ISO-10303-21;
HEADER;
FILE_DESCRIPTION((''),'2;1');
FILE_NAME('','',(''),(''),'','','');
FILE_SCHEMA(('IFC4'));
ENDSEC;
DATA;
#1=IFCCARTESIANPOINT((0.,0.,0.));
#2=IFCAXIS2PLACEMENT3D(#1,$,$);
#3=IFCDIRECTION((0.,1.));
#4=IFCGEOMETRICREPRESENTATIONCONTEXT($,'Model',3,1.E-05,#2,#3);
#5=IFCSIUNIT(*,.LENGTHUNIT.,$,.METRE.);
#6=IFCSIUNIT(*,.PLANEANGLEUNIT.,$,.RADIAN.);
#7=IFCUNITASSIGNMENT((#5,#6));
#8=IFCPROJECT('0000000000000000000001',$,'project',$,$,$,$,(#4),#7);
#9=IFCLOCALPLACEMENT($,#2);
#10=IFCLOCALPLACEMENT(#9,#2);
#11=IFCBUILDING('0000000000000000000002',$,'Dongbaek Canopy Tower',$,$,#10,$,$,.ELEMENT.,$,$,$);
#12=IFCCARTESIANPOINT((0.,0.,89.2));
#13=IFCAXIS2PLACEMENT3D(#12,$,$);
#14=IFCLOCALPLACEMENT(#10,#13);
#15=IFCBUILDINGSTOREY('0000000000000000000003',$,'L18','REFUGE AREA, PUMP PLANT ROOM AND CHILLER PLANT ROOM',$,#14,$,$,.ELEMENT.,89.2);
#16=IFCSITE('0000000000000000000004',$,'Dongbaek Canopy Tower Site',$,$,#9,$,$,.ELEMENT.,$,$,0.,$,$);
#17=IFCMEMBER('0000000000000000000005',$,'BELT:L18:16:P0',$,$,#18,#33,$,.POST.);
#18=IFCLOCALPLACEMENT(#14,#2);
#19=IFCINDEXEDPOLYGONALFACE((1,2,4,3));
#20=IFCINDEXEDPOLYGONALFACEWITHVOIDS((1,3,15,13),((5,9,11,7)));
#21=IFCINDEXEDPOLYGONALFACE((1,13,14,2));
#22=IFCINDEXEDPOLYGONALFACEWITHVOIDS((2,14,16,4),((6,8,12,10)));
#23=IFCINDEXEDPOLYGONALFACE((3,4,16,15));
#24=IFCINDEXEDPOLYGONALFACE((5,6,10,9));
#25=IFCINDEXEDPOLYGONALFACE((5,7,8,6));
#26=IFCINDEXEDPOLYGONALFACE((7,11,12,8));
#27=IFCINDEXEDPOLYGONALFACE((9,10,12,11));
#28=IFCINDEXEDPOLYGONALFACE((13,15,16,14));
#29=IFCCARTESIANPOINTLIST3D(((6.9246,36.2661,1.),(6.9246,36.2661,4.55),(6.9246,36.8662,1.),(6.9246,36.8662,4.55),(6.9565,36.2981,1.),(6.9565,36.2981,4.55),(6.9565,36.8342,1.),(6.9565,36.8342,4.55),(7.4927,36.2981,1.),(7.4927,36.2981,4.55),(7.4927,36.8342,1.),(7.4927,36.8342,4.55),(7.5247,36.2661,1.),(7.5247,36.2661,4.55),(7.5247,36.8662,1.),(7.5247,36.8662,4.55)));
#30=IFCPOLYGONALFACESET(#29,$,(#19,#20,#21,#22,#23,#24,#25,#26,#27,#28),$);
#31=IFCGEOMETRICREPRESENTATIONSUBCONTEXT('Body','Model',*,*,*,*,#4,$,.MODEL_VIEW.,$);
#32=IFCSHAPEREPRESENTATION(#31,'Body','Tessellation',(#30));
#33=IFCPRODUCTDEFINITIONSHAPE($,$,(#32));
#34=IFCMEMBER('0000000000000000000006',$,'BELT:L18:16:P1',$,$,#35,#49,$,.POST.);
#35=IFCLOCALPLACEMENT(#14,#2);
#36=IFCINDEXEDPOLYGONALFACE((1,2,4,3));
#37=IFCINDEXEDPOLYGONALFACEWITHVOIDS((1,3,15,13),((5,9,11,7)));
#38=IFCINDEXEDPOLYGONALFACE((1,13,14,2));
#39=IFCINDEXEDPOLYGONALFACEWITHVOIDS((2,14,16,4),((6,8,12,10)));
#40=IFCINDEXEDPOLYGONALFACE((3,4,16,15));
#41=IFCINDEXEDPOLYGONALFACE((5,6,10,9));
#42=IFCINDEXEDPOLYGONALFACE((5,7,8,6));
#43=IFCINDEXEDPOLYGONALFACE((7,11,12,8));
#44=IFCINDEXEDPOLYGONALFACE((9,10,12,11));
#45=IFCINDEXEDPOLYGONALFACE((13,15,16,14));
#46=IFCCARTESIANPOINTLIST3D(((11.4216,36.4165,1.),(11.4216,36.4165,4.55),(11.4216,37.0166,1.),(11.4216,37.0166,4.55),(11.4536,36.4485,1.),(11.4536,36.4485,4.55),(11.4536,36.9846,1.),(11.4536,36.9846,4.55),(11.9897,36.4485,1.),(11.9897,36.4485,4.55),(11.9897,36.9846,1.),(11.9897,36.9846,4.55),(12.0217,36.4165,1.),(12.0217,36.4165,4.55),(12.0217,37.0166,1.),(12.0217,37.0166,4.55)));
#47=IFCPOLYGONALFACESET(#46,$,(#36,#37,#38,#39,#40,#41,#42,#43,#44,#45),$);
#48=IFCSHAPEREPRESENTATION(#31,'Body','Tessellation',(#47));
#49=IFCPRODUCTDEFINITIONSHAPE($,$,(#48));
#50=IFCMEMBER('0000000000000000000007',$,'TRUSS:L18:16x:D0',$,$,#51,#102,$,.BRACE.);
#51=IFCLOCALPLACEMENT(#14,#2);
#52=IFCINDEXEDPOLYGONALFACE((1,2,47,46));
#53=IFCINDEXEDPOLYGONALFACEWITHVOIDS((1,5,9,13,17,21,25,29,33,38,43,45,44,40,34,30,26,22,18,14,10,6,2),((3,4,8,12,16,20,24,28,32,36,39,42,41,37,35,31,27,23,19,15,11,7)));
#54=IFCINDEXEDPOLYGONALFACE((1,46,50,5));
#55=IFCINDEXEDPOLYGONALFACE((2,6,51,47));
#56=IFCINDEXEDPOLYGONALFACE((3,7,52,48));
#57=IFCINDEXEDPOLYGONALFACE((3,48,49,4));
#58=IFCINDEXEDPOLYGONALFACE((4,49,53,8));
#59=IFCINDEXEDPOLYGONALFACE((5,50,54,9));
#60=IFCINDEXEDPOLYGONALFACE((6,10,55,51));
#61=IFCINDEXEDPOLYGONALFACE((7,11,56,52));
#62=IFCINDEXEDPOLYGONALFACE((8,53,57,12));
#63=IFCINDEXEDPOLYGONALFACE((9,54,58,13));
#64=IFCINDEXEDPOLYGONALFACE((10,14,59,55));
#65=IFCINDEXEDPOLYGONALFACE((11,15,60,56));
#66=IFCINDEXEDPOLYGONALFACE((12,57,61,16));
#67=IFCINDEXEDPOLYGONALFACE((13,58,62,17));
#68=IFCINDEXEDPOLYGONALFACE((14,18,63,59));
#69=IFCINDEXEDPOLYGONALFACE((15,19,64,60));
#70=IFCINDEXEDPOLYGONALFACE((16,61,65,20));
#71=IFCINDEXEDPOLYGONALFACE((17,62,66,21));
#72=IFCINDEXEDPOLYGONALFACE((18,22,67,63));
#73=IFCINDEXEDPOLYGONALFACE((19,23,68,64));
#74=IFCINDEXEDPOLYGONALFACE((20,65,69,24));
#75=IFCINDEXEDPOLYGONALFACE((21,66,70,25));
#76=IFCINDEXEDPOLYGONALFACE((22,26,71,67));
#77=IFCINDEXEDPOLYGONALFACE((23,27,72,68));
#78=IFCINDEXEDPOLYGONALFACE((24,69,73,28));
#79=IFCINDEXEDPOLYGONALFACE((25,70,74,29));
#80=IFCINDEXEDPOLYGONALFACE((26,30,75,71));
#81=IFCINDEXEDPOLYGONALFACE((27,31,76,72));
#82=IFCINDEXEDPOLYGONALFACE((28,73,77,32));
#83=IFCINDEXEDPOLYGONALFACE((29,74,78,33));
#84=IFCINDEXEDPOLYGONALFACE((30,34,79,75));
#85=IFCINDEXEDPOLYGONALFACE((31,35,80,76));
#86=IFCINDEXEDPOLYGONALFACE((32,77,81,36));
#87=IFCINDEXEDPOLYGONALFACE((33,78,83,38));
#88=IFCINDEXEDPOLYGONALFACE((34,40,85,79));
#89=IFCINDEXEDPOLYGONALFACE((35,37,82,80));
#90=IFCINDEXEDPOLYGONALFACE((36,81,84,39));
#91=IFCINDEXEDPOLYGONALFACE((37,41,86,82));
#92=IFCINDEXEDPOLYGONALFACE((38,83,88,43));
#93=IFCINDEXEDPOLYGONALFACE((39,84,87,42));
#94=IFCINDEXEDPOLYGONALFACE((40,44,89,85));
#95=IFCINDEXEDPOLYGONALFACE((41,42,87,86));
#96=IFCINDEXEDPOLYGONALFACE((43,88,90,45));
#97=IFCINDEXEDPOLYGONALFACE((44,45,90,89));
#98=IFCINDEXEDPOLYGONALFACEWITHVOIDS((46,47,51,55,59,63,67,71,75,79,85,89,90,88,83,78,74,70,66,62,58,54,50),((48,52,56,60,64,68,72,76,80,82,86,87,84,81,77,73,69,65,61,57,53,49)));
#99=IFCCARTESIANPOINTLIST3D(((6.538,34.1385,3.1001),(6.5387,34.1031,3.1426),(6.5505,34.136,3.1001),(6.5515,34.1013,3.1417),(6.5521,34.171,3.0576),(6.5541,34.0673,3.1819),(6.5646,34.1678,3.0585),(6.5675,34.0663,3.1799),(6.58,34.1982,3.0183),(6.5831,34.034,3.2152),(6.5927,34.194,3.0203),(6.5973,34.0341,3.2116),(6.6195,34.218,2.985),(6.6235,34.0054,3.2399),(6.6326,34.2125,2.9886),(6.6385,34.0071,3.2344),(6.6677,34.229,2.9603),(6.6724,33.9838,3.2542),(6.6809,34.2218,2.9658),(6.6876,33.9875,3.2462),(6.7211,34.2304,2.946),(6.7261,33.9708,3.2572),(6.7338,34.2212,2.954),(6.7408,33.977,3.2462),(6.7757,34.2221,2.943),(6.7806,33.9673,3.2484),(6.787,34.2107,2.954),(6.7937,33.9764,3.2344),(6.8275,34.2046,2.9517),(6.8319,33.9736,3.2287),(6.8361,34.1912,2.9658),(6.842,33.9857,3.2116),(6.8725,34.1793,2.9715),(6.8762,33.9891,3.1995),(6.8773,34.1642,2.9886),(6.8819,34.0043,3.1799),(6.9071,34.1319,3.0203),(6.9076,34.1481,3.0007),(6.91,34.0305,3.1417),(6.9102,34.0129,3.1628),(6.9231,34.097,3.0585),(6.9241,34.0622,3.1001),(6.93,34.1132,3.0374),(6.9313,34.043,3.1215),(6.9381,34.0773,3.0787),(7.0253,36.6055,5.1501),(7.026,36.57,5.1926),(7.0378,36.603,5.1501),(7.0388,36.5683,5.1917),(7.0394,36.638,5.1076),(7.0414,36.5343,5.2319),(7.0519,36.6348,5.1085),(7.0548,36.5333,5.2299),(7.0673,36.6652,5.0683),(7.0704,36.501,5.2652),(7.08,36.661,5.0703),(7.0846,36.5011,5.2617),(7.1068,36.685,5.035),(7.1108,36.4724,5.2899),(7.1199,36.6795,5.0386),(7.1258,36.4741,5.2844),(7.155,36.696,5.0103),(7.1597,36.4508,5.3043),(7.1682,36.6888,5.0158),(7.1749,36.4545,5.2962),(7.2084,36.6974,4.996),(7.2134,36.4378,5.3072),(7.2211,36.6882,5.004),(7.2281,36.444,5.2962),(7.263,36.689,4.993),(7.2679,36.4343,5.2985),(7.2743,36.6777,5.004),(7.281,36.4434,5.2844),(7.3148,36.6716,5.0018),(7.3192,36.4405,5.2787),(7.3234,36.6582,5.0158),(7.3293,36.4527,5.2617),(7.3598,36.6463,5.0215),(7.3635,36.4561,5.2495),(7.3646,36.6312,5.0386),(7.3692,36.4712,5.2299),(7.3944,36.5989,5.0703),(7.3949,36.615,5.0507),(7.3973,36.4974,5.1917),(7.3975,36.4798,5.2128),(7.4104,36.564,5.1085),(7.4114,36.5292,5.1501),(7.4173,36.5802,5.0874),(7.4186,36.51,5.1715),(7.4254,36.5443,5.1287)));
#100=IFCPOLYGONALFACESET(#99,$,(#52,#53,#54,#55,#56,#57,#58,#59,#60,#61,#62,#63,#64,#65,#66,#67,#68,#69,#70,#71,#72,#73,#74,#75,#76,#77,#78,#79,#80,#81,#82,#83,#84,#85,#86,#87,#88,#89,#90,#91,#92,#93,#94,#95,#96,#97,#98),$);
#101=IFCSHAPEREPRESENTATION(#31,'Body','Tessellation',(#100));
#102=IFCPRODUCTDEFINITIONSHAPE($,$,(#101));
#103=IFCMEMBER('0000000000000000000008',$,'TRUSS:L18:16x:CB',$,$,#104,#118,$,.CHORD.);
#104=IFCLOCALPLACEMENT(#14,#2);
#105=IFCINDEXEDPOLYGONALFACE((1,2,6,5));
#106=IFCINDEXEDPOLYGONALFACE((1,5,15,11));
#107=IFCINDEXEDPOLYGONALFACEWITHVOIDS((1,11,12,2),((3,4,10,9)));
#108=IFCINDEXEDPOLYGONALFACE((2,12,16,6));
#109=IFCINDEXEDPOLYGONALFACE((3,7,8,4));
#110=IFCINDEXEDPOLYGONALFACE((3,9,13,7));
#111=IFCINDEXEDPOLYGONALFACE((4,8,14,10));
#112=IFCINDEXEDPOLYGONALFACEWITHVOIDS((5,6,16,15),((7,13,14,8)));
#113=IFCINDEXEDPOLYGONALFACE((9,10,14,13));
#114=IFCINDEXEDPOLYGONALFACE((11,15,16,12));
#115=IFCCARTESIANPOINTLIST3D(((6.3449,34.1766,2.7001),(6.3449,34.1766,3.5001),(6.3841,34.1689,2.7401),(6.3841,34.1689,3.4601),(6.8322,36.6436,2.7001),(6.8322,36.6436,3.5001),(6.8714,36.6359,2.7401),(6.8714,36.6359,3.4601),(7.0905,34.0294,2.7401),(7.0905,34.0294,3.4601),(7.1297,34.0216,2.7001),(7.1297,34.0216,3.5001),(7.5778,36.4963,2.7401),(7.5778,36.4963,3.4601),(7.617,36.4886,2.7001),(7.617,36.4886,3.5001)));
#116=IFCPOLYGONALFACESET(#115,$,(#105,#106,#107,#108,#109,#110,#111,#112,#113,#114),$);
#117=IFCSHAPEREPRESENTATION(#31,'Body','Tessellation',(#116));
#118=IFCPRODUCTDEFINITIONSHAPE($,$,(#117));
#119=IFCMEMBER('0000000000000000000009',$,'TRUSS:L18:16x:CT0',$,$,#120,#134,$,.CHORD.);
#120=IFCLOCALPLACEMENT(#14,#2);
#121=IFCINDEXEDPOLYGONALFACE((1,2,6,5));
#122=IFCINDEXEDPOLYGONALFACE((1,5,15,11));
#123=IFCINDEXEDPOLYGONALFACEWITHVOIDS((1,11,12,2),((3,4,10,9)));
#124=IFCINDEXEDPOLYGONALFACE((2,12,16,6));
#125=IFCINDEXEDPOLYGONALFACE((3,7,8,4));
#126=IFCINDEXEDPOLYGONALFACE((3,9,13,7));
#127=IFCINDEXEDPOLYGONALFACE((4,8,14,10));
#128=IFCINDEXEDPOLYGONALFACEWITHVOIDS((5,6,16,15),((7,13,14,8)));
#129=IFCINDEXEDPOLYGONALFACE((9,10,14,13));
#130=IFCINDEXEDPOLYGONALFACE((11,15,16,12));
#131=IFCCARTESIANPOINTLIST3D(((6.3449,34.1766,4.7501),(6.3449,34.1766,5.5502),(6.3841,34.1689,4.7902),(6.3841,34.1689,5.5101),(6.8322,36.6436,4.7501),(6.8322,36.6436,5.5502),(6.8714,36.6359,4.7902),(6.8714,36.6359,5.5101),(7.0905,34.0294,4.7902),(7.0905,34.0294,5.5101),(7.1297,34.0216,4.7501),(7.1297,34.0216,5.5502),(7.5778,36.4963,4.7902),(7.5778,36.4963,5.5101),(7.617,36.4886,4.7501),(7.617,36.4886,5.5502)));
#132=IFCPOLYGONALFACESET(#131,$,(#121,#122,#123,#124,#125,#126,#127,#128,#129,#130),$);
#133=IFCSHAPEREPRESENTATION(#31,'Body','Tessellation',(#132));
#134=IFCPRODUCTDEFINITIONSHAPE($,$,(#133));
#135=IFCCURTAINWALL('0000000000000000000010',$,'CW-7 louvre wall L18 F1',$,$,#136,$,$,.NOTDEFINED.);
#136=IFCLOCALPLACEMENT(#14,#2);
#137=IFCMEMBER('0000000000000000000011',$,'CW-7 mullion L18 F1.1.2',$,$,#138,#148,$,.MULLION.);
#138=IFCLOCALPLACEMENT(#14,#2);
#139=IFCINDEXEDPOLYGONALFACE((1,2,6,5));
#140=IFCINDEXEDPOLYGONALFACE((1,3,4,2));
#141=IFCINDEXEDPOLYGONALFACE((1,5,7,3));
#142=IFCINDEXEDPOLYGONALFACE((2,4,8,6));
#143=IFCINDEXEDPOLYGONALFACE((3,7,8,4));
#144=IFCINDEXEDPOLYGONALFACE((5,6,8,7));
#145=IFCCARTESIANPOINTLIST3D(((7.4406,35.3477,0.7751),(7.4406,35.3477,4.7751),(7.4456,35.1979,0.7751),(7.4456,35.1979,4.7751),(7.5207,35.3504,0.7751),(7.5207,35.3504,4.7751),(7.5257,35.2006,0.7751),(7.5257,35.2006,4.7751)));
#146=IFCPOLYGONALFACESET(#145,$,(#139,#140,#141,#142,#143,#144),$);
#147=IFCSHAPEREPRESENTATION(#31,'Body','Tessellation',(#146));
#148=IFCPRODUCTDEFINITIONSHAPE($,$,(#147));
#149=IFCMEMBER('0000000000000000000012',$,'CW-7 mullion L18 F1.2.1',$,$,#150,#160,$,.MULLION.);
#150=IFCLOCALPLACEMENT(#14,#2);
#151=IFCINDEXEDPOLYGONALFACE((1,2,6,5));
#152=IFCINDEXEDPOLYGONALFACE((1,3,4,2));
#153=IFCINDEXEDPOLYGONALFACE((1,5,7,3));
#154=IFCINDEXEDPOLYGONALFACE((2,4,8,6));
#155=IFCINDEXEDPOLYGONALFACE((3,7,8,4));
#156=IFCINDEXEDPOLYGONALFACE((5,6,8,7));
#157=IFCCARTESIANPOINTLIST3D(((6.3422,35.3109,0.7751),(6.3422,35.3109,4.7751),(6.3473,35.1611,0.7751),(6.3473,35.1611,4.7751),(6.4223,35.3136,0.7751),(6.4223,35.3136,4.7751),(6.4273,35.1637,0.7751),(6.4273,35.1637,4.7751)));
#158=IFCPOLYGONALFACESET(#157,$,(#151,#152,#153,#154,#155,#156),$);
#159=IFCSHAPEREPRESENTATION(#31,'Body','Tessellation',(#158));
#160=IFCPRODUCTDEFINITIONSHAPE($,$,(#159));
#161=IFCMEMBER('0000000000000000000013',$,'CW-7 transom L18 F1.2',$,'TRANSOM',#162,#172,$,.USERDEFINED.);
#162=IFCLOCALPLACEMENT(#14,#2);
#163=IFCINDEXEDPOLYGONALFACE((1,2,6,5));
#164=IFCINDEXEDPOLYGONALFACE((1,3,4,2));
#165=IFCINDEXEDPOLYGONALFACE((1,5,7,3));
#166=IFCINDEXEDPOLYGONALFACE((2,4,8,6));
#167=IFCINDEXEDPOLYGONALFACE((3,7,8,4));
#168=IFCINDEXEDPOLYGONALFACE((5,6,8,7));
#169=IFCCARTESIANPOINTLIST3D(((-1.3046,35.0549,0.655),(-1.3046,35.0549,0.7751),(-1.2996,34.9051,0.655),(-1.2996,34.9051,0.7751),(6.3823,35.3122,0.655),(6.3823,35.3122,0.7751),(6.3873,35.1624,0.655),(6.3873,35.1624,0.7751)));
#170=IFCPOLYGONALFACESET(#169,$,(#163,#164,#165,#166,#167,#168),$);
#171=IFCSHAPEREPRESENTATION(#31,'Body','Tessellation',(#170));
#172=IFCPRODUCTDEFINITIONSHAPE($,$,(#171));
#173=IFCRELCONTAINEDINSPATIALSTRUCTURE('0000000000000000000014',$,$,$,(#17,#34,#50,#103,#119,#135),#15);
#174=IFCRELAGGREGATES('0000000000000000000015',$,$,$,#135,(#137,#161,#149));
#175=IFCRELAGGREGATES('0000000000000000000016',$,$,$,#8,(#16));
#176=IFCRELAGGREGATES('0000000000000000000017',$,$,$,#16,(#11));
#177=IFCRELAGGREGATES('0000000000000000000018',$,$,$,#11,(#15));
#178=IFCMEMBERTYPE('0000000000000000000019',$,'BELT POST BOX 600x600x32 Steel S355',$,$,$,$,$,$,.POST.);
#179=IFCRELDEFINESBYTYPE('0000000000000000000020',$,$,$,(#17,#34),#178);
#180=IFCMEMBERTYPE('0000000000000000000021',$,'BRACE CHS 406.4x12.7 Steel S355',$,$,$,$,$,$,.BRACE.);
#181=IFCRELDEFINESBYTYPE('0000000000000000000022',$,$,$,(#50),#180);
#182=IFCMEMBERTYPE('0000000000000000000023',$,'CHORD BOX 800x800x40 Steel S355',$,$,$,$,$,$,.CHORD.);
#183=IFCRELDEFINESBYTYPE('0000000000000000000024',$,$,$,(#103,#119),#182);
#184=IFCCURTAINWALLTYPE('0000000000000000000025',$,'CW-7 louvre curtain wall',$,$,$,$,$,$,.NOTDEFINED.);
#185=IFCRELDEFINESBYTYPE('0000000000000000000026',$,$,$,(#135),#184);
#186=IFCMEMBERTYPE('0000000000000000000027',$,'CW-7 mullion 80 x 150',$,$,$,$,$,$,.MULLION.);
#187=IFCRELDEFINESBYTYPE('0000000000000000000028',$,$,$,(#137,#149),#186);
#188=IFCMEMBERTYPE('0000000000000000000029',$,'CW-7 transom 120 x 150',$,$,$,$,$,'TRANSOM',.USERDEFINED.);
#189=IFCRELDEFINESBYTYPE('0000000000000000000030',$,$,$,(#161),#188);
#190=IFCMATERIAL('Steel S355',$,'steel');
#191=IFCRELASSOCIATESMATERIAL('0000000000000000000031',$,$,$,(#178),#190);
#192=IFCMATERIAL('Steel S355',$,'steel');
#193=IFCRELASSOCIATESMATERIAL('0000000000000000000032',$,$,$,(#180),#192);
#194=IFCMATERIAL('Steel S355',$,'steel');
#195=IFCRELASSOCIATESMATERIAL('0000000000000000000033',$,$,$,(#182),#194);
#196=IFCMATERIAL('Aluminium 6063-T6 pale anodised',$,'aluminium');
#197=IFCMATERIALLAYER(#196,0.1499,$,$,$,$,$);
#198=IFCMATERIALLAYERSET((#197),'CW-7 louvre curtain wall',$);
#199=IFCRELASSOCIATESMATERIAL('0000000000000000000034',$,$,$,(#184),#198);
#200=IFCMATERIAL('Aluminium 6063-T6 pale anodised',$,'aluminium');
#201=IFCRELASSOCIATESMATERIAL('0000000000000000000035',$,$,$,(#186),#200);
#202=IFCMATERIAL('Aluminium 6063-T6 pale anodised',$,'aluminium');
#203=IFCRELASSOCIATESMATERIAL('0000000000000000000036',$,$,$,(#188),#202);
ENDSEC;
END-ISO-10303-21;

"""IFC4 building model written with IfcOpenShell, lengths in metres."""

from ifc_helpers import new_model, si_unit, direction, frame, origin, origin_2d, place, context, subcontext, project, spatial, rectangle, hollow_rectangle, hollow_circle, extrude, material, layer, layer_set, material_profile, profile_set, type_object, element, aggregate, save


model = new_model("IFC4")

# Units and contexts
model_context = context("Model", 3, precision=1e-05, world=origin(), true_north=direction((0.0, 1.0)))
body_context = subcontext(model_context, "Body", "Model", "MODEL_VIEW")
ifc_project = project(units=[si_unit("LENGTHUNIT", "METRE"), si_unit("PLANEANGLEUNIT", "RADIAN")], contexts=[model_context])

# Site, building, storey
site_placement = place(None, origin())
site = spatial("IfcSite", under=ifc_project, at=site_placement, Name="Dongbaek Canopy Tower Site", CompositionType="ELEMENT", RefElevation=0.0)
building_placement = place(site_placement, origin())
building = spatial("IfcBuilding", under=site, at=building_placement, Name="Dongbaek Canopy Tower", CompositionType="ELEMENT")
storey_placement = place(building_placement, frame((0.0, 0.0, 89.2)))
storey = spatial("IfcBuildingStorey", under=building, at=storey_placement, Name="L18", Description="REFUGE AREA, PUMP PLANT ROOM AND CHILLER PLANT ROOM", CompositionType="ELEMENT", Elevation=89.2)

# Members
ifc_material_1 = material(Name="Steel S355", Category="steel")
ifc_material_profile_1 = material_profile(ifc_material_1, hollow_rectangle(XDim=0.6001, YDim=0.6001, WallThickness=0.032, at=origin_2d()), Name="BELT POST BOX 600x600x32 Steel S355")
ifc_profile_set_1 = profile_set([ifc_material_profile_1], Name="Steel S355")
member_type_1 = type_object("IfcMemberType", Name="BELT POST BOX 600x600x32 Steel S355", PredefinedType="POST", material=ifc_profile_set_1)
for number, where, z_axis, x_axis, name in (
    (1, (7.2246, 36.5662, 1.0), (0.0, 0.0, 1.0), (1.0, 0.0, 0.0), "BELT:L18:16:P0"),
    (2, (11.7217, 36.7166, 1.0), (0.0, 0.0, 1.0), (1.0, 0.0, 0.0), "BELT:L18:16:P1"),
):
    element("IfcMember", number, at=place(storey_placement, frame(where, z_axis=z_axis, x_axis=x_axis)), inside=storey, type_object=member_type_1, Name=name, PredefinedType="POST", context=body_context, shape_type="SweptSolid", body=[
        extrude(hollow_rectangle(XDim=0.6001, YDim=0.6001, WallThickness=0.032, at=origin_2d()), origin(), (0.0, 0.0, 1.0), 3.55),
    ])
ifc_material_2 = material(Name="Steel S355", Category="steel")
ifc_material_profile_2 = material_profile(ifc_material_2, hollow_circle(Radius=0.2031, WallThickness=0.0127, at=origin_2d()), Name="BRACE CHS 406.4x12.7 Steel S355")
ifc_profile_set_2 = profile_set([ifc_material_profile_2], Name="Steel S355")
member_type_2 = type_object("IfcMemberType", Name="BRACE CHS 406.4x12.7 Steel S355", PredefinedType="BRACE", material=ifc_profile_set_2)
member_1_placement = place(storey_placement, frame((6.7373, 34.0991, 3.1001), z_axis=(0.150196, 0.760388, 0.631863), x_axis=(-0.981045, 0.193782, 0.0)))
element("IfcMember", 3, at=member_1_placement, inside=storey, type_object=member_type_2, Name="TRUSS:L18:16x:D0", PredefinedType="BRACE", context=body_context, shape_type="SweptSolid", body=[
    extrude(hollow_circle(Radius=0.2031, WallThickness=0.0127, at=origin_2d()), origin(), (0.0, 0.0, 1.0), 3.2444),
])
ifc_material_3 = material(Name="Steel S355", Category="steel")
ifc_material_profile_3 = material_profile(ifc_material_3, hollow_rectangle(XDim=0.8, YDim=0.8, WallThickness=0.04, at=origin_2d()), Name="CHORD BOX 800x800x40 Steel S355")
ifc_profile_set_3 = profile_set([ifc_material_profile_3], Name="Steel S355")
member_type_3 = type_object("IfcMemberType", Name="CHORD BOX 800x800x40 Steel S355", PredefinedType="CHORD", material=ifc_profile_set_3)
for number, where, z_axis, x_axis, name in (
    (4, (6.7373, 34.0991, 3.1001), (0.193782, 0.981045, 0.0), (-0.981045, 0.193782, 0.0), "TRUSS:L18:16x:CB"),
    (5, (6.7373, 34.0991, 5.1501), (0.193782, 0.981045, 0.0), (-0.981045, 0.193782, 0.0), "TRUSS:L18:16x:CT0"),
):
    element("IfcMember", number, at=place(storey_placement, frame(where, z_axis=z_axis, x_axis=x_axis)), inside=storey, type_object=member_type_3, Name=name, PredefinedType="CHORD", context=body_context, shape_type="SweptSolid", body=[
        extrude(hollow_rectangle(XDim=0.8, YDim=0.8, WallThickness=0.04, at=origin_2d()), origin(), (0.0, 0.0, 1.0), 2.5146),
    ])

# Curtain wall, members
ifc_material_4 = material(Name="Aluminium 6063-T6 pale anodised", Category="aluminium")
ifc_layer_1 = layer(ifc_material_4, 0.1499)
ifc_layer_set_1 = layer_set([ifc_layer_1], Name="CW-7 louvre curtain wall")
curtain_wall_type = type_object("IfcCurtainWallType", Name="CW-7 louvre curtain wall", PredefinedType="NOTDEFINED", material=ifc_layer_set_1)
curtain_wall_placement = place(storey_placement, origin())
curtain_wall = element("IfcCurtainWall", 6, at=curtain_wall_placement, inside=storey, type_object=curtain_wall_type, Name="CW-7 louvre wall L18 F1", PredefinedType="NOTDEFINED")
ifc_material_5 = material(Name="Aluminium 6063-T6 pale anodised", Category="aluminium")
ifc_material_profile_4 = material_profile(ifc_material_5, rectangle(XDim=0.1499, YDim=0.0801, at=origin_2d()), Name="CW-7 mullion 80 x 150")
ifc_profile_set_4 = profile_set([ifc_material_profile_4], Name="Aluminium 6063-T6 pale anodised")
member_type_4 = type_object("IfcMemberType", Name="CW-7 mullion 80 x 150", PredefinedType="MULLION", material=ifc_profile_set_4)
member_2_placement = place(storey_placement, frame((7.4832, 35.2742, 0.7751), z_axis=(0.0, 0.0, 1.0), x_axis=(-0.033442, 0.999441, 0.0)))
member_2 = element("IfcMember", 7, at=member_2_placement, type_object=member_type_4, Name="CW-7 mullion L18 F1.1.2", PredefinedType="MULLION", context=body_context, shape_type="SweptSolid", body=[
    extrude(rectangle(XDim=0.1499, YDim=0.0801, at=origin_2d()), origin(), (0.0, 0.0, 1.0), 4.0),
])
member_3_placement = place(storey_placement, frame((6.3848, 35.2373, 0.7751), z_axis=(0.0, 0.0, 1.0), x_axis=(-0.033442, 0.999441, 0.0)))
member_3 = element("IfcMember", 8, at=member_3_placement, type_object=member_type_4, Name="CW-7 mullion L18 F1.2.1", PredefinedType="MULLION", context=body_context, shape_type="SweptSolid", body=[
    extrude(rectangle(XDim=0.1499, YDim=0.0801, at=origin_2d()), origin(), (0.0, 0.0, 1.0), 4.0),
])
ifc_material_6 = material(Name="Aluminium 6063-T6 pale anodised", Category="aluminium")
ifc_material_profile_5 = material_profile(ifc_material_6, rectangle(XDim=0.1499, YDim=0.1201, at=origin_2d()), Name="CW-7 transom 120 x 150")
ifc_profile_set_5 = profile_set([ifc_material_profile_5], Name="Aluminium 6063-T6 pale anodised")
member_type_5 = type_object("IfcMemberType", Name="CW-7 transom 120 x 150", ElementType="TRANSOM", PredefinedType="USERDEFINED", material=ifc_profile_set_5)
member_4_placement = place(storey_placement, frame((6.3848, 35.2373, 0.7151), z_axis=(-0.99944, -0.033458, 0.0), x_axis=(0.033458, -0.99944, 0.0)))
member_4 = element("IfcMember", 9, at=member_4_placement, type_object=member_type_5, Name="CW-7 transom L18 F1.2", ObjectType="TRANSOM", PredefinedType="USERDEFINED", context=body_context, shape_type="SweptSolid", body=[
    extrude(rectangle(XDim=0.1499, YDim=0.1201, at=origin_2d()), origin(), (0.0, 0.0, 1.0), 7.6912),
])

aggregate(curtain_wall, [member_2, member_4, member_3])

save(model, "model.ifc")
